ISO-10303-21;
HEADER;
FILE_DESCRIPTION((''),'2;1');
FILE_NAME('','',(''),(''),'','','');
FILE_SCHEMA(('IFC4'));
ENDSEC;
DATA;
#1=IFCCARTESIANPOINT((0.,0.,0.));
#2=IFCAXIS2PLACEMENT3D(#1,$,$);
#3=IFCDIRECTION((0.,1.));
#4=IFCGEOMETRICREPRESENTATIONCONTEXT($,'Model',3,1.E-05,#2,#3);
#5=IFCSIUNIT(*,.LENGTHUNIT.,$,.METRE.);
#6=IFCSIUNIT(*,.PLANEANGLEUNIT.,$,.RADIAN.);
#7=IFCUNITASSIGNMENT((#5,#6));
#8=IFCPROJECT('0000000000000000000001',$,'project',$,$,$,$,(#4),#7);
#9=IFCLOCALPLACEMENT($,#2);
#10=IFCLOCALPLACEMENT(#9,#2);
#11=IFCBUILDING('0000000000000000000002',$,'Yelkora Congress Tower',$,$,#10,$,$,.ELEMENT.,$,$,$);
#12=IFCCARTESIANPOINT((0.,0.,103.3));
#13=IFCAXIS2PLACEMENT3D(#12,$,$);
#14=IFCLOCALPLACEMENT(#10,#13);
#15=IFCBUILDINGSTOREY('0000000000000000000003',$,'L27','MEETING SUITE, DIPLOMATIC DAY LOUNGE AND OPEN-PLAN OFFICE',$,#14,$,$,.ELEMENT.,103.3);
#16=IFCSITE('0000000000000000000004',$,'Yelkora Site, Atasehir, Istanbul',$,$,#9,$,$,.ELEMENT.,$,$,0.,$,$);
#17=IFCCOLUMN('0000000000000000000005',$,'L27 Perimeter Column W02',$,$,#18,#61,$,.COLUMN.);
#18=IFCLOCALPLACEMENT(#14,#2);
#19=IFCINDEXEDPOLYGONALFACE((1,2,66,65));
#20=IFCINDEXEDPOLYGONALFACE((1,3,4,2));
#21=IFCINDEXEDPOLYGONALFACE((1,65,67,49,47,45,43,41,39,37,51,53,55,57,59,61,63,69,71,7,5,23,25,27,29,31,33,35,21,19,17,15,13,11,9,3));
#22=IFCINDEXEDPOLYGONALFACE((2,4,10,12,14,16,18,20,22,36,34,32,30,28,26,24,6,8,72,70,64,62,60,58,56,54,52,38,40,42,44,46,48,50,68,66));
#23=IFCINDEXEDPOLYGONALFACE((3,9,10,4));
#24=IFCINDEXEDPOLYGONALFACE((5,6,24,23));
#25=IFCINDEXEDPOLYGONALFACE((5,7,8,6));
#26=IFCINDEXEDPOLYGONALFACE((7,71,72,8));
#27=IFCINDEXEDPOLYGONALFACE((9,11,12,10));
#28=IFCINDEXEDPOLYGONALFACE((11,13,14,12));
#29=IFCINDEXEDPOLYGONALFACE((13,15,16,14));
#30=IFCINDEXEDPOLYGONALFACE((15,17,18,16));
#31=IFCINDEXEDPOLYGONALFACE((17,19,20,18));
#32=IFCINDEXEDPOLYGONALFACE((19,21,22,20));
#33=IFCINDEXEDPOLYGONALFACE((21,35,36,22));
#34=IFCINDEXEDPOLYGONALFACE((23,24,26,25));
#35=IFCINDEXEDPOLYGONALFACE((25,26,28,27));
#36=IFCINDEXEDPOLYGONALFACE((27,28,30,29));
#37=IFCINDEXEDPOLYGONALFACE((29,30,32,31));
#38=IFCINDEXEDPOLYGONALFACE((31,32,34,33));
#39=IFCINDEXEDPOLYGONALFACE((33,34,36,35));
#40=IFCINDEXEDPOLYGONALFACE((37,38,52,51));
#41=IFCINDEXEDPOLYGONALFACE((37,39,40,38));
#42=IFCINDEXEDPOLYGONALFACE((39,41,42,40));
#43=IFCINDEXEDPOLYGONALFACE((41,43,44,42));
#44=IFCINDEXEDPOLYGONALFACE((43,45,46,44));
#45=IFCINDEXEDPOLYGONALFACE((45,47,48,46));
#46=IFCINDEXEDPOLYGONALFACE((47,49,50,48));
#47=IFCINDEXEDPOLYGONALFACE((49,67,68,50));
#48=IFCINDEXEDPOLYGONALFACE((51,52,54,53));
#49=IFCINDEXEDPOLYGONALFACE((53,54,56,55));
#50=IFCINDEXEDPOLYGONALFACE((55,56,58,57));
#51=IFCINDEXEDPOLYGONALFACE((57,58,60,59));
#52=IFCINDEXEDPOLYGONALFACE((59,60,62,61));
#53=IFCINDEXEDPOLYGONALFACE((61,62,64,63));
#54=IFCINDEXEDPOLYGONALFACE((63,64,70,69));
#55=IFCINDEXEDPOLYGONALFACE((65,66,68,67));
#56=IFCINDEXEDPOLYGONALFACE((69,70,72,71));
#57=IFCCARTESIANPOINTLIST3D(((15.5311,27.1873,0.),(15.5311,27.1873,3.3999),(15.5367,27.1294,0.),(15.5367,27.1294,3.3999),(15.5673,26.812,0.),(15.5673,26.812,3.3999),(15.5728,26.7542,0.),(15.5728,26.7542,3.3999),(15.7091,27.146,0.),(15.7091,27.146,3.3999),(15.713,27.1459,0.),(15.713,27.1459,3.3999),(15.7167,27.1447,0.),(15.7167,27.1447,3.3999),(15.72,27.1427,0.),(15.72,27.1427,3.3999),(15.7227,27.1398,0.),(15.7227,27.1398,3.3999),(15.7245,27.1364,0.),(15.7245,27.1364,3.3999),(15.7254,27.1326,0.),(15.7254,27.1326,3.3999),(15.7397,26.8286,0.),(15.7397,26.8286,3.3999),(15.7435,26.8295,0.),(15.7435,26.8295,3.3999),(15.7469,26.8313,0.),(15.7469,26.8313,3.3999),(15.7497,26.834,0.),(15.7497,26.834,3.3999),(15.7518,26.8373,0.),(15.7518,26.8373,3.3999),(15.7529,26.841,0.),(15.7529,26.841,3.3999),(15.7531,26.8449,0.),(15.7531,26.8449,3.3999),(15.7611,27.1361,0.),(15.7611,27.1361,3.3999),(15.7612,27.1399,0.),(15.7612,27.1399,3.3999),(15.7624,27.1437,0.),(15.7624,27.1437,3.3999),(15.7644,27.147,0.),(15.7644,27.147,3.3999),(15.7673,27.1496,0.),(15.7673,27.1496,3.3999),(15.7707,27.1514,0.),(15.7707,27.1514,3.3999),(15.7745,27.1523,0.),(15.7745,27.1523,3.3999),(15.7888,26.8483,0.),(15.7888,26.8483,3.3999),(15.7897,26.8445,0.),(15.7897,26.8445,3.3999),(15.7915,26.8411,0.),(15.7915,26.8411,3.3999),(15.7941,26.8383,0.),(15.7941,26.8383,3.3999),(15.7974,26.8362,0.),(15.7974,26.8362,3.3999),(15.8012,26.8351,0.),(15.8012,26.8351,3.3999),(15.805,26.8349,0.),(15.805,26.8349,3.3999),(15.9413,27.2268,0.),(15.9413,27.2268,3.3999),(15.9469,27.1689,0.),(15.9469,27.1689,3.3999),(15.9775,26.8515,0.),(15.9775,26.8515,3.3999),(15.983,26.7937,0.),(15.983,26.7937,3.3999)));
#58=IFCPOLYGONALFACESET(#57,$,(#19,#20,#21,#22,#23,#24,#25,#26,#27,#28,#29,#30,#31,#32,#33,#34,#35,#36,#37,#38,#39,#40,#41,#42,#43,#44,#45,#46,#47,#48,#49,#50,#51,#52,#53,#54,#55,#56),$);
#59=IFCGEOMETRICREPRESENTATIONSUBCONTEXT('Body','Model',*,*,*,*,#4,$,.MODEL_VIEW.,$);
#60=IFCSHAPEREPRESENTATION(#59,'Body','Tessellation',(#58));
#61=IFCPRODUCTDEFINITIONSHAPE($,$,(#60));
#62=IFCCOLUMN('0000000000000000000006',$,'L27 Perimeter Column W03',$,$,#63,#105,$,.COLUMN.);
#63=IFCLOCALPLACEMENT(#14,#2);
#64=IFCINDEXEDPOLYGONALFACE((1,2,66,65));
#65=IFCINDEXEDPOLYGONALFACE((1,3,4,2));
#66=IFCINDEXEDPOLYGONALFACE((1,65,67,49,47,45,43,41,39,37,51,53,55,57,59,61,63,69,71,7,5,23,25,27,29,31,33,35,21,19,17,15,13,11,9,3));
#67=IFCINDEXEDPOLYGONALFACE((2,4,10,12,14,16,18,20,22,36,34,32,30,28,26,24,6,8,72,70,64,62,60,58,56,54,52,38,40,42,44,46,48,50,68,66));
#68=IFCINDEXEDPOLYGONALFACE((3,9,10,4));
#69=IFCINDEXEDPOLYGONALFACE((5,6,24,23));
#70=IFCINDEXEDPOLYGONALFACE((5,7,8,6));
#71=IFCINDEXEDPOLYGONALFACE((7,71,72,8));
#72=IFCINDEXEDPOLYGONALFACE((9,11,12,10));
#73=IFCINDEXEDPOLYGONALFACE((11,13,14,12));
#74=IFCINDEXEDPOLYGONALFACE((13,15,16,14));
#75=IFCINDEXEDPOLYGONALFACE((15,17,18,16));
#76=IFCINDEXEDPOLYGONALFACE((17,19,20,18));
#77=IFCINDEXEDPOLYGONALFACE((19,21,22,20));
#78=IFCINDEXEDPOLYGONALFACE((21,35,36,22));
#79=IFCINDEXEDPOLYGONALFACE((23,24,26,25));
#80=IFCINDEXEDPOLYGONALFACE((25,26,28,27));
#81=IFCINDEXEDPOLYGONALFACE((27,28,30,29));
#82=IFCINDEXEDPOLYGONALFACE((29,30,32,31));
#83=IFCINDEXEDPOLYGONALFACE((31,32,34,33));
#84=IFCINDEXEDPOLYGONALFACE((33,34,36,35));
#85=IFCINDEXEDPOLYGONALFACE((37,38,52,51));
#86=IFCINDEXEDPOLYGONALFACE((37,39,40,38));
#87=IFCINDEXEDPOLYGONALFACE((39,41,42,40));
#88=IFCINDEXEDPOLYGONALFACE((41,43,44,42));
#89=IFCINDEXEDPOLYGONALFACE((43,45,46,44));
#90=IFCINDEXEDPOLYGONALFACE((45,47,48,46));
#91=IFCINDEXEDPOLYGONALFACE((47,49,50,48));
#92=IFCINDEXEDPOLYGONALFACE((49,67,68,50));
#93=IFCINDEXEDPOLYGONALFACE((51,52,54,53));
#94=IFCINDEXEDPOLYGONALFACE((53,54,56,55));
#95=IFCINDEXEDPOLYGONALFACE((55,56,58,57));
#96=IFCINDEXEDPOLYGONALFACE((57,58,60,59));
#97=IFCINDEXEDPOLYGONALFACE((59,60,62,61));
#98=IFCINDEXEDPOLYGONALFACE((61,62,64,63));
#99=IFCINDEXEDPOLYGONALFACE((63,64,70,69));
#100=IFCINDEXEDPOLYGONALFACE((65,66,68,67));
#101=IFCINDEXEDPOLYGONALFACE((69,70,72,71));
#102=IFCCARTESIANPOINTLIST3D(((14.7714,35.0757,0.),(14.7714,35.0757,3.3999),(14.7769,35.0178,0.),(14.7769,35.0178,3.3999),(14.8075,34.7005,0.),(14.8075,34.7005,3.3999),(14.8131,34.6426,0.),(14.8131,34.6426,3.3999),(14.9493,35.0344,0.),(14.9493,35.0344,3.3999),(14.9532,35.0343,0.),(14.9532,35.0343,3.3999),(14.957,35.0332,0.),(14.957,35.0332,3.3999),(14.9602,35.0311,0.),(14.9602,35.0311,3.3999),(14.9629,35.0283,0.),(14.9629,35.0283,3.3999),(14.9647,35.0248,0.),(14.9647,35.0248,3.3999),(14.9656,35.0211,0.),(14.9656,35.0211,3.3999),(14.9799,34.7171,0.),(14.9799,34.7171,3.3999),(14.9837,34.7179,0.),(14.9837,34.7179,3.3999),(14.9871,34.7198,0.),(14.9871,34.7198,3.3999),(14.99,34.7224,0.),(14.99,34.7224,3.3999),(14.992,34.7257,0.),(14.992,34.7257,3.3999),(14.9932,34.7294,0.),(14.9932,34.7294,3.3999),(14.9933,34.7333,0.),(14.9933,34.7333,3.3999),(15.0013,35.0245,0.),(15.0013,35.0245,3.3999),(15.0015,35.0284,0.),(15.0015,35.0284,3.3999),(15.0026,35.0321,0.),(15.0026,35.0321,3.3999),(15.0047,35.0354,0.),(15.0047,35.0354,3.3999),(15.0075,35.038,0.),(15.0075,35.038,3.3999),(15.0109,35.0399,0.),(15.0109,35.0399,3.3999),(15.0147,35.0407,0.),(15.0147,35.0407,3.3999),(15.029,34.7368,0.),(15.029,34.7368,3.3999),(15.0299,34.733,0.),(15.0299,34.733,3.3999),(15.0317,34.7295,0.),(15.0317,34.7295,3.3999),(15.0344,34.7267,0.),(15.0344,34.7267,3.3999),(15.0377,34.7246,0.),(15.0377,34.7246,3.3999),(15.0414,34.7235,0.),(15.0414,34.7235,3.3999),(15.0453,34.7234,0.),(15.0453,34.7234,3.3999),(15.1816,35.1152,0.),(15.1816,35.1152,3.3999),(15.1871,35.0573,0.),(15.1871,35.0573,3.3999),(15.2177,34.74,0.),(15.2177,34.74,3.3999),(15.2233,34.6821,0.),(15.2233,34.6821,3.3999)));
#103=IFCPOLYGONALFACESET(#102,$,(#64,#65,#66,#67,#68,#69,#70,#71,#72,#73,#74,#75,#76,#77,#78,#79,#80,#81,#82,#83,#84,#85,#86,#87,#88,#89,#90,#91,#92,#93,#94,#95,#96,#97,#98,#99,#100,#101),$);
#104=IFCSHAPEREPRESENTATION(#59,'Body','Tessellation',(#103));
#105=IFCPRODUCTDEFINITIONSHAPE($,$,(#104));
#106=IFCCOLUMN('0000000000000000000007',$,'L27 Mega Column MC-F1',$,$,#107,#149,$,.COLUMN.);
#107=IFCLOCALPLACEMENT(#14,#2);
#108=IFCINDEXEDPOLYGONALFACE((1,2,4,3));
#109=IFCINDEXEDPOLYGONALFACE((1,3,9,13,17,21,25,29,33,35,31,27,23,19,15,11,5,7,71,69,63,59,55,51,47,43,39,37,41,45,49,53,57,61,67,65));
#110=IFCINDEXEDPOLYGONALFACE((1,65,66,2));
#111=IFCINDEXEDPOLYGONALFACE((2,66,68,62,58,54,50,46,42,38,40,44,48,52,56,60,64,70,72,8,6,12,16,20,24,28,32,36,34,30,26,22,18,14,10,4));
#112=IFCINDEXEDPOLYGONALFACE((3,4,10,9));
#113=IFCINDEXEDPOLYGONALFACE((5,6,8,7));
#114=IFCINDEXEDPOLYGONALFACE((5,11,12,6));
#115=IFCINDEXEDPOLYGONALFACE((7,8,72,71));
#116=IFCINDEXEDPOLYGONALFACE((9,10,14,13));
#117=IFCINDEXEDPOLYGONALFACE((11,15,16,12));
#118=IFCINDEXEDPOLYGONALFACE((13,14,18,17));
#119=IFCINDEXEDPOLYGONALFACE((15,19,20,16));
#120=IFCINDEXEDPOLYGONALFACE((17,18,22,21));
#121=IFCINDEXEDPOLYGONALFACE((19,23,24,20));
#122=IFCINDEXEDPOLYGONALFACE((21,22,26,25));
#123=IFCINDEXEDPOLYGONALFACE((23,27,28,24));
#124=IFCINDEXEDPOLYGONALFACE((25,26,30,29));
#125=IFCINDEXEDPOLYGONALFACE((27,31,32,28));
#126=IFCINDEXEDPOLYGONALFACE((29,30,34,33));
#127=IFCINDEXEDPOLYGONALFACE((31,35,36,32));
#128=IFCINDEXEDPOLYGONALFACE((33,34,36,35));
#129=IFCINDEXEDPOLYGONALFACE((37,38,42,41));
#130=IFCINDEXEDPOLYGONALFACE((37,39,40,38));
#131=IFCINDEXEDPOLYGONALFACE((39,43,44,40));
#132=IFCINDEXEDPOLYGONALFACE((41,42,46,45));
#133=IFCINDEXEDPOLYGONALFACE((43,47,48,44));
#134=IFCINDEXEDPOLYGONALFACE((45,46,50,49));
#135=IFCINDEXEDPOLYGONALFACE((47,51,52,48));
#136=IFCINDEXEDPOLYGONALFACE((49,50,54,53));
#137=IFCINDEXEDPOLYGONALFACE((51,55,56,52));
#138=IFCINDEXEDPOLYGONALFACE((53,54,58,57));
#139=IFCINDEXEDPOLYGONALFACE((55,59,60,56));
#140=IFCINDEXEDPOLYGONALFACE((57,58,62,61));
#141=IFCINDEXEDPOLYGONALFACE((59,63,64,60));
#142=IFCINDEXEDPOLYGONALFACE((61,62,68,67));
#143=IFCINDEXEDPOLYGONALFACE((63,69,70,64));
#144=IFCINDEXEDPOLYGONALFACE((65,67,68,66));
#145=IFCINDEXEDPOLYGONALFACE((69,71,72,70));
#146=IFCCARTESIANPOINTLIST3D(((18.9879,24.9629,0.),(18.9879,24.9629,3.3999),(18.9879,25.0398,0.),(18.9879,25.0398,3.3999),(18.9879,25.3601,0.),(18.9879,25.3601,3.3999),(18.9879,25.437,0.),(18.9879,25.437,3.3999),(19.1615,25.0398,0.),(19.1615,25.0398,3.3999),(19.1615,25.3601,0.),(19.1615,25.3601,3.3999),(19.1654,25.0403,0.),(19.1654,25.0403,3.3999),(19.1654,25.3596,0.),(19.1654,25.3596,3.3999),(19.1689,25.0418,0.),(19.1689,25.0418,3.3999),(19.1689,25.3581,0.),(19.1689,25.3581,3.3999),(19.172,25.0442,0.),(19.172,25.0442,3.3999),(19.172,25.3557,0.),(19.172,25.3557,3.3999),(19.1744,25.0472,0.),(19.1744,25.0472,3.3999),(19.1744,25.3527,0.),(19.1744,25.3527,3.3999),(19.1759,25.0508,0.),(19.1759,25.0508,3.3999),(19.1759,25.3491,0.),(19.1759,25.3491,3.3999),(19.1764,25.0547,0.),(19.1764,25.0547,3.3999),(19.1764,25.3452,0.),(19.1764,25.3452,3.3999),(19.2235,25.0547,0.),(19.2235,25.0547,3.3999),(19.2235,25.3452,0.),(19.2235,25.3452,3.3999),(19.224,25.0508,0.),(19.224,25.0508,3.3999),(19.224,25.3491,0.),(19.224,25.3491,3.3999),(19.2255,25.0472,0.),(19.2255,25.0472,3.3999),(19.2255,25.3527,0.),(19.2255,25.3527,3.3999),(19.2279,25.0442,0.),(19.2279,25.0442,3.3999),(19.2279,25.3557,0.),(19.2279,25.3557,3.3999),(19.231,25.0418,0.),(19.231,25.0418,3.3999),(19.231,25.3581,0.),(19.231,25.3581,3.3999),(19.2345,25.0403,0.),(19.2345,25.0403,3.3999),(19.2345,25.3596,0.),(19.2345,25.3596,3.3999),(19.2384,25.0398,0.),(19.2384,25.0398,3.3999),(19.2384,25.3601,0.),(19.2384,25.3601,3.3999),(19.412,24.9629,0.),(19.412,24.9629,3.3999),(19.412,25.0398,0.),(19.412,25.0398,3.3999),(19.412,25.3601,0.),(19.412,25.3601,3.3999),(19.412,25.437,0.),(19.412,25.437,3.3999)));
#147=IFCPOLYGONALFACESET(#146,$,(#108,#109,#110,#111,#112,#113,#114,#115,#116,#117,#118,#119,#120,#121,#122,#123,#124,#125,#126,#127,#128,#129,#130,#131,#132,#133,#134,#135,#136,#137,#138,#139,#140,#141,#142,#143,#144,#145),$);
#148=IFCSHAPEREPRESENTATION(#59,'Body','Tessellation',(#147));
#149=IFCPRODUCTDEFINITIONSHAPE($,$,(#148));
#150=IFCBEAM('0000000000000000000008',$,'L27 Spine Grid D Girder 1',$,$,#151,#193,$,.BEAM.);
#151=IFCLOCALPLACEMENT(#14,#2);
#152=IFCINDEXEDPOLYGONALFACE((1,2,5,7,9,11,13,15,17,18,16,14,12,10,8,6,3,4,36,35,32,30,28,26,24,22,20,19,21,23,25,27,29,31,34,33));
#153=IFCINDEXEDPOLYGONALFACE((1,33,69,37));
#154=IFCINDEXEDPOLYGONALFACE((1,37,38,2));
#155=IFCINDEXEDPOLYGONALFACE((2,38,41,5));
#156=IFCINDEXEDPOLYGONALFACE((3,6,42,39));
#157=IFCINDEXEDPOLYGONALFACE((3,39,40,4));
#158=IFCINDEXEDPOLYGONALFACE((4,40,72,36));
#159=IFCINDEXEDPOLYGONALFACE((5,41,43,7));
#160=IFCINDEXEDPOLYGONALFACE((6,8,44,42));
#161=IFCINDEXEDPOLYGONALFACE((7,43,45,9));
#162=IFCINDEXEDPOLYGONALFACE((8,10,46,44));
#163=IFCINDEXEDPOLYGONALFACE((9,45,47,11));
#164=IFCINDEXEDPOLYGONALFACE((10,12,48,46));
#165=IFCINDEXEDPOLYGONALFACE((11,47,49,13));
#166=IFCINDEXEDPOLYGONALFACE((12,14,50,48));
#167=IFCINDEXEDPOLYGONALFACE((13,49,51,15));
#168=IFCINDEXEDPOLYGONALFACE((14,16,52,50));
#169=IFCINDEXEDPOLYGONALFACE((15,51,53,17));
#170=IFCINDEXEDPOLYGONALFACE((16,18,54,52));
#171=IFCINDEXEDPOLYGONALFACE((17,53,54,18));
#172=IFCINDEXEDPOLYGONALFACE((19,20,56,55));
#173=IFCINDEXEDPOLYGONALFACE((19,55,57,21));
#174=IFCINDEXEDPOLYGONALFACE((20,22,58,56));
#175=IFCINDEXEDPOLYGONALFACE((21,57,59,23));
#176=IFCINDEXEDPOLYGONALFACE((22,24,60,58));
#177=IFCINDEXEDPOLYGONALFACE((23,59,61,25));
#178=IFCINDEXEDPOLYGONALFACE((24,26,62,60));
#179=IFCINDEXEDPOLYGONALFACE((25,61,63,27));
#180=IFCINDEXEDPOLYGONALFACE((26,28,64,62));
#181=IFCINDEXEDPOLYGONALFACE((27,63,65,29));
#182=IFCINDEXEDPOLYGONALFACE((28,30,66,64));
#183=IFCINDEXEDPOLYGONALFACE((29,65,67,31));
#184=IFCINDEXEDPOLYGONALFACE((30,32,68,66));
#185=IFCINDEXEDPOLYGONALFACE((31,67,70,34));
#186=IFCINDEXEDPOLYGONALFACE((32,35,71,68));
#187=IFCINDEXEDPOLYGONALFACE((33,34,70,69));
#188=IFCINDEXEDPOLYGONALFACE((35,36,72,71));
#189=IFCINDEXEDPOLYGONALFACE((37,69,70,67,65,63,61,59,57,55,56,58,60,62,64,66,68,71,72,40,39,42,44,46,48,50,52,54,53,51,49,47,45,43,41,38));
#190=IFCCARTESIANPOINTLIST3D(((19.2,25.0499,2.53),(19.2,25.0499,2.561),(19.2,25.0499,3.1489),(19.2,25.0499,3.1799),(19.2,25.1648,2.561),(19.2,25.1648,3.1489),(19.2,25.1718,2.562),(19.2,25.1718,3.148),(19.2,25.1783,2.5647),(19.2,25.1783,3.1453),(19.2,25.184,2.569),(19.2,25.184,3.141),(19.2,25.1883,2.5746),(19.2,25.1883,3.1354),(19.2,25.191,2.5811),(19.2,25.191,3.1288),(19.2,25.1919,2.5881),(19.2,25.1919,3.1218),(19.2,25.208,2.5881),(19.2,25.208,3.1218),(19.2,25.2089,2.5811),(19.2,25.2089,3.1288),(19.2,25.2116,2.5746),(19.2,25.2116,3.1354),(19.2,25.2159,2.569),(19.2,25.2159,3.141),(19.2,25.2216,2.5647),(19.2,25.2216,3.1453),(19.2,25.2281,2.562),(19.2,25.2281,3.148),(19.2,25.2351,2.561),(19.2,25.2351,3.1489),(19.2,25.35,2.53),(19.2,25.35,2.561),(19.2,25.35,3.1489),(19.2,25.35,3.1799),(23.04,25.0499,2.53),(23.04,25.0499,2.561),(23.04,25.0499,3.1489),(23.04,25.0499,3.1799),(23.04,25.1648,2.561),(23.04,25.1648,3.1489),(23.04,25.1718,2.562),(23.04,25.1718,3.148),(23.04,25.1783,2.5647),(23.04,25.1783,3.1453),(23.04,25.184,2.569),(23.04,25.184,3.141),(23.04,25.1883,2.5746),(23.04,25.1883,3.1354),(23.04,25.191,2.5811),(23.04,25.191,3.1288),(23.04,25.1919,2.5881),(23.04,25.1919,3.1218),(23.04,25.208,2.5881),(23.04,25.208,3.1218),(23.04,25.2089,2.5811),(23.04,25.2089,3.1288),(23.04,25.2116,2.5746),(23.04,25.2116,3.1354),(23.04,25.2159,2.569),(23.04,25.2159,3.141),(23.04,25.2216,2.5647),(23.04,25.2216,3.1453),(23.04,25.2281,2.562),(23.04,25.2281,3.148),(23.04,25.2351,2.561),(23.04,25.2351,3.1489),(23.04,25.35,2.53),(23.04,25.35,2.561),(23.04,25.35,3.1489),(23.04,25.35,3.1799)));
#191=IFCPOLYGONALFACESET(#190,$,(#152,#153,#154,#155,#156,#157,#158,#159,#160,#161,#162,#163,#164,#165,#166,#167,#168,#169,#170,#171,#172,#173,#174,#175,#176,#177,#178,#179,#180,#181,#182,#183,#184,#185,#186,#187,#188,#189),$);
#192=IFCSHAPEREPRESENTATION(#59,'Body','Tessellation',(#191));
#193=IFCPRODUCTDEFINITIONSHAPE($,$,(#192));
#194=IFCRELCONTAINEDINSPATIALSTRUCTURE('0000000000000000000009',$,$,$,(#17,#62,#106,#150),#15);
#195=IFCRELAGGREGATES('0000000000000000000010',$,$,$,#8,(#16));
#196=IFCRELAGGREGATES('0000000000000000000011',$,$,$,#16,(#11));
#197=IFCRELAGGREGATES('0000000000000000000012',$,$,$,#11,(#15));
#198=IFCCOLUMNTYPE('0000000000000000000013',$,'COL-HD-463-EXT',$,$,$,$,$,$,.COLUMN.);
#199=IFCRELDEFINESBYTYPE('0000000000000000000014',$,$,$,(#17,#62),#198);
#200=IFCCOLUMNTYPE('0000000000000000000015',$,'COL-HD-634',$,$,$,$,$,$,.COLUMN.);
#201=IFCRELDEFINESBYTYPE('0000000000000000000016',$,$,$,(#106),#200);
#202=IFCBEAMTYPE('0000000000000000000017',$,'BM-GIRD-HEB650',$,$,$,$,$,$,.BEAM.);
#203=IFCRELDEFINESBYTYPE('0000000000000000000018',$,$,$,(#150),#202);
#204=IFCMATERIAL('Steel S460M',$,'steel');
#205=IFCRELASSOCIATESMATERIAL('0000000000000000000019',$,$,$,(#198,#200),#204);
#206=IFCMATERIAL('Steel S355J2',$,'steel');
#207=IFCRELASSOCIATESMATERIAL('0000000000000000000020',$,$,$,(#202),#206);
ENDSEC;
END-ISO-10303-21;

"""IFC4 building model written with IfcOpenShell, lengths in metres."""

from ifc_helpers import new_model, si_unit, direction, frame, origin, origin_2d, place, context, subcontext, project, spatial, i_section, extrude, material, material_profile, profile_set, type_object, element, save


model = new_model("IFC4")

# Units and contexts
model_context = context("Model", 3, precision=1e-05, world=origin(), true_north=direction((0.0, 1.0)))
body_context = subcontext(model_context, "Body", "Model", "MODEL_VIEW")
ifc_project = project(units=[si_unit("LENGTHUNIT", "METRE"), si_unit("PLANEANGLEUNIT", "RADIAN")], contexts=[model_context])

# Site, building, storey
site_placement = place(None, origin())
site = spatial("IfcSite", under=ifc_project, at=site_placement, Name="Yelkora Site, Atasehir, Istanbul", CompositionType="ELEMENT", RefElevation=0.0)
building_placement = place(site_placement, origin())
building = spatial("IfcBuilding", under=site, at=building_placement, Name="Yelkora Congress Tower", CompositionType="ELEMENT")
storey_placement = place(building_placement, frame((0.0, 0.0, 103.3)))
storey = spatial("IfcBuildingStorey", under=building, at=storey_placement, Name="L27", Description="MEETING SUITE, DIPLOMATIC DAY LOUNGE AND OPEN-PLAN OFFICE", CompositionType="ELEMENT", Elevation=103.3)

# Columns
ifc_material_1 = material(Name="Steel S460M", Category="steel")
ifc_material_profile_1 = material_profile(ifc_material_1, i_section(OverallWidth=0.4121, OverallDepth=0.4351, WebThickness=0.0359, FlangeThickness=0.0581, FilletRadius=0.0149, at=origin_2d()), Name="HD 400x463")
ifc_profile_set_1 = profile_set([ifc_material_profile_1], Name="Steel S460M")
column_type_1 = type_object("IfcColumnType", Name="COL-HD-463-EXT", PredefinedType="COLUMN", material=ifc_profile_set_1)
for number, where, z_axis, x_axis, name in (
    (1, (15.7571, 26.9905, 0.0), (0.0, 0.0, 1.0), (0.995396, 0.095846, 0.0), "L27 Perimeter Column W02"),
    (2, (14.9973, 34.8789, 0.0), (0.0, 0.0, 1.0), (0.995396, 0.095846, 0.0), "L27 Perimeter Column W03"),
):
    element("IfcColumn", number, at=place(storey_placement, frame(where, z_axis=z_axis, x_axis=x_axis)), inside=storey, type_object=column_type_1, Name=name, PredefinedType="COLUMN", context=body_context, shape_type="SweptSolid", body=[
        extrude(i_section(OverallWidth=0.4121, OverallDepth=0.4351, WebThickness=0.0359, FlangeThickness=0.0581, FilletRadius=0.0149, at=origin_2d()), origin(), (0.0, 0.0, 1.0), 3.3999),
    ])
ifc_material_profile_2 = material_profile(ifc_material_1, i_section(OverallWidth=0.4241, OverallDepth=0.4741, WebThickness=0.0471, FlangeThickness=0.0769, FilletRadius=0.0149, at=origin_2d()), Name="HD 400x634")
ifc_profile_set_2 = profile_set([ifc_material_profile_2], Name="Steel S460M")
column_type_2 = type_object("IfcColumnType", Name="COL-HD-634", PredefinedType="COLUMN", material=ifc_profile_set_2)
column_placement = place(storey_placement, frame((19.2, 25.2, 0.0), z_axis=(0.0, 0.0, 1.0), x_axis=(1.0, 0.0, 0.0)))
element("IfcColumn", 3, at=column_placement, inside=storey, type_object=column_type_2, Name="L27 Mega Column MC-F1", PredefinedType="COLUMN", context=body_context, shape_type="SweptSolid", body=[
    extrude(i_section(OverallWidth=0.4241, OverallDepth=0.4741, WebThickness=0.0471, FlangeThickness=0.0769, FilletRadius=0.0149, at=origin_2d()), origin(), (0.0, 0.0, 1.0), 3.3999),
])

# Beam
ifc_material_2 = material(Name="Steel S355J2", Category="steel")
ifc_material_profile_3 = material_profile(ifc_material_2, i_section(OverallWidth=0.3, OverallDepth=0.6499, WebThickness=0.0161, FlangeThickness=0.031, FilletRadius=0.0271, at=origin_2d()), Name="HEB 650")
ifc_profile_set_3 = profile_set([ifc_material_profile_3], Name="Steel S355J2")
beam_type_1 = type_object("IfcBeamType", Name="BM-GIRD-HEB650", PredefinedType="BEAM", material=ifc_profile_set_3)
beam_1_placement = place(storey_placement, frame((19.2, 25.2, 2.855), z_axis=(1.0, 0.0, 0.0), x_axis=(0.0, 1.0, 0.0)))
element("IfcBeam", 4, at=beam_1_placement, inside=storey, type_object=beam_type_1, Name="L27 Spine Grid D Girder 1", PredefinedType="BEAM", context=body_context, shape_type="SweptSolid", body=[
    extrude(i_section(OverallWidth=0.3, OverallDepth=0.6499, WebThickness=0.0161, FlangeThickness=0.031, FilletRadius=0.0271, at=origin_2d()), origin(), (0.0, 0.0, 1.0), 3.8401),
])

save(model, "model.ifc")
